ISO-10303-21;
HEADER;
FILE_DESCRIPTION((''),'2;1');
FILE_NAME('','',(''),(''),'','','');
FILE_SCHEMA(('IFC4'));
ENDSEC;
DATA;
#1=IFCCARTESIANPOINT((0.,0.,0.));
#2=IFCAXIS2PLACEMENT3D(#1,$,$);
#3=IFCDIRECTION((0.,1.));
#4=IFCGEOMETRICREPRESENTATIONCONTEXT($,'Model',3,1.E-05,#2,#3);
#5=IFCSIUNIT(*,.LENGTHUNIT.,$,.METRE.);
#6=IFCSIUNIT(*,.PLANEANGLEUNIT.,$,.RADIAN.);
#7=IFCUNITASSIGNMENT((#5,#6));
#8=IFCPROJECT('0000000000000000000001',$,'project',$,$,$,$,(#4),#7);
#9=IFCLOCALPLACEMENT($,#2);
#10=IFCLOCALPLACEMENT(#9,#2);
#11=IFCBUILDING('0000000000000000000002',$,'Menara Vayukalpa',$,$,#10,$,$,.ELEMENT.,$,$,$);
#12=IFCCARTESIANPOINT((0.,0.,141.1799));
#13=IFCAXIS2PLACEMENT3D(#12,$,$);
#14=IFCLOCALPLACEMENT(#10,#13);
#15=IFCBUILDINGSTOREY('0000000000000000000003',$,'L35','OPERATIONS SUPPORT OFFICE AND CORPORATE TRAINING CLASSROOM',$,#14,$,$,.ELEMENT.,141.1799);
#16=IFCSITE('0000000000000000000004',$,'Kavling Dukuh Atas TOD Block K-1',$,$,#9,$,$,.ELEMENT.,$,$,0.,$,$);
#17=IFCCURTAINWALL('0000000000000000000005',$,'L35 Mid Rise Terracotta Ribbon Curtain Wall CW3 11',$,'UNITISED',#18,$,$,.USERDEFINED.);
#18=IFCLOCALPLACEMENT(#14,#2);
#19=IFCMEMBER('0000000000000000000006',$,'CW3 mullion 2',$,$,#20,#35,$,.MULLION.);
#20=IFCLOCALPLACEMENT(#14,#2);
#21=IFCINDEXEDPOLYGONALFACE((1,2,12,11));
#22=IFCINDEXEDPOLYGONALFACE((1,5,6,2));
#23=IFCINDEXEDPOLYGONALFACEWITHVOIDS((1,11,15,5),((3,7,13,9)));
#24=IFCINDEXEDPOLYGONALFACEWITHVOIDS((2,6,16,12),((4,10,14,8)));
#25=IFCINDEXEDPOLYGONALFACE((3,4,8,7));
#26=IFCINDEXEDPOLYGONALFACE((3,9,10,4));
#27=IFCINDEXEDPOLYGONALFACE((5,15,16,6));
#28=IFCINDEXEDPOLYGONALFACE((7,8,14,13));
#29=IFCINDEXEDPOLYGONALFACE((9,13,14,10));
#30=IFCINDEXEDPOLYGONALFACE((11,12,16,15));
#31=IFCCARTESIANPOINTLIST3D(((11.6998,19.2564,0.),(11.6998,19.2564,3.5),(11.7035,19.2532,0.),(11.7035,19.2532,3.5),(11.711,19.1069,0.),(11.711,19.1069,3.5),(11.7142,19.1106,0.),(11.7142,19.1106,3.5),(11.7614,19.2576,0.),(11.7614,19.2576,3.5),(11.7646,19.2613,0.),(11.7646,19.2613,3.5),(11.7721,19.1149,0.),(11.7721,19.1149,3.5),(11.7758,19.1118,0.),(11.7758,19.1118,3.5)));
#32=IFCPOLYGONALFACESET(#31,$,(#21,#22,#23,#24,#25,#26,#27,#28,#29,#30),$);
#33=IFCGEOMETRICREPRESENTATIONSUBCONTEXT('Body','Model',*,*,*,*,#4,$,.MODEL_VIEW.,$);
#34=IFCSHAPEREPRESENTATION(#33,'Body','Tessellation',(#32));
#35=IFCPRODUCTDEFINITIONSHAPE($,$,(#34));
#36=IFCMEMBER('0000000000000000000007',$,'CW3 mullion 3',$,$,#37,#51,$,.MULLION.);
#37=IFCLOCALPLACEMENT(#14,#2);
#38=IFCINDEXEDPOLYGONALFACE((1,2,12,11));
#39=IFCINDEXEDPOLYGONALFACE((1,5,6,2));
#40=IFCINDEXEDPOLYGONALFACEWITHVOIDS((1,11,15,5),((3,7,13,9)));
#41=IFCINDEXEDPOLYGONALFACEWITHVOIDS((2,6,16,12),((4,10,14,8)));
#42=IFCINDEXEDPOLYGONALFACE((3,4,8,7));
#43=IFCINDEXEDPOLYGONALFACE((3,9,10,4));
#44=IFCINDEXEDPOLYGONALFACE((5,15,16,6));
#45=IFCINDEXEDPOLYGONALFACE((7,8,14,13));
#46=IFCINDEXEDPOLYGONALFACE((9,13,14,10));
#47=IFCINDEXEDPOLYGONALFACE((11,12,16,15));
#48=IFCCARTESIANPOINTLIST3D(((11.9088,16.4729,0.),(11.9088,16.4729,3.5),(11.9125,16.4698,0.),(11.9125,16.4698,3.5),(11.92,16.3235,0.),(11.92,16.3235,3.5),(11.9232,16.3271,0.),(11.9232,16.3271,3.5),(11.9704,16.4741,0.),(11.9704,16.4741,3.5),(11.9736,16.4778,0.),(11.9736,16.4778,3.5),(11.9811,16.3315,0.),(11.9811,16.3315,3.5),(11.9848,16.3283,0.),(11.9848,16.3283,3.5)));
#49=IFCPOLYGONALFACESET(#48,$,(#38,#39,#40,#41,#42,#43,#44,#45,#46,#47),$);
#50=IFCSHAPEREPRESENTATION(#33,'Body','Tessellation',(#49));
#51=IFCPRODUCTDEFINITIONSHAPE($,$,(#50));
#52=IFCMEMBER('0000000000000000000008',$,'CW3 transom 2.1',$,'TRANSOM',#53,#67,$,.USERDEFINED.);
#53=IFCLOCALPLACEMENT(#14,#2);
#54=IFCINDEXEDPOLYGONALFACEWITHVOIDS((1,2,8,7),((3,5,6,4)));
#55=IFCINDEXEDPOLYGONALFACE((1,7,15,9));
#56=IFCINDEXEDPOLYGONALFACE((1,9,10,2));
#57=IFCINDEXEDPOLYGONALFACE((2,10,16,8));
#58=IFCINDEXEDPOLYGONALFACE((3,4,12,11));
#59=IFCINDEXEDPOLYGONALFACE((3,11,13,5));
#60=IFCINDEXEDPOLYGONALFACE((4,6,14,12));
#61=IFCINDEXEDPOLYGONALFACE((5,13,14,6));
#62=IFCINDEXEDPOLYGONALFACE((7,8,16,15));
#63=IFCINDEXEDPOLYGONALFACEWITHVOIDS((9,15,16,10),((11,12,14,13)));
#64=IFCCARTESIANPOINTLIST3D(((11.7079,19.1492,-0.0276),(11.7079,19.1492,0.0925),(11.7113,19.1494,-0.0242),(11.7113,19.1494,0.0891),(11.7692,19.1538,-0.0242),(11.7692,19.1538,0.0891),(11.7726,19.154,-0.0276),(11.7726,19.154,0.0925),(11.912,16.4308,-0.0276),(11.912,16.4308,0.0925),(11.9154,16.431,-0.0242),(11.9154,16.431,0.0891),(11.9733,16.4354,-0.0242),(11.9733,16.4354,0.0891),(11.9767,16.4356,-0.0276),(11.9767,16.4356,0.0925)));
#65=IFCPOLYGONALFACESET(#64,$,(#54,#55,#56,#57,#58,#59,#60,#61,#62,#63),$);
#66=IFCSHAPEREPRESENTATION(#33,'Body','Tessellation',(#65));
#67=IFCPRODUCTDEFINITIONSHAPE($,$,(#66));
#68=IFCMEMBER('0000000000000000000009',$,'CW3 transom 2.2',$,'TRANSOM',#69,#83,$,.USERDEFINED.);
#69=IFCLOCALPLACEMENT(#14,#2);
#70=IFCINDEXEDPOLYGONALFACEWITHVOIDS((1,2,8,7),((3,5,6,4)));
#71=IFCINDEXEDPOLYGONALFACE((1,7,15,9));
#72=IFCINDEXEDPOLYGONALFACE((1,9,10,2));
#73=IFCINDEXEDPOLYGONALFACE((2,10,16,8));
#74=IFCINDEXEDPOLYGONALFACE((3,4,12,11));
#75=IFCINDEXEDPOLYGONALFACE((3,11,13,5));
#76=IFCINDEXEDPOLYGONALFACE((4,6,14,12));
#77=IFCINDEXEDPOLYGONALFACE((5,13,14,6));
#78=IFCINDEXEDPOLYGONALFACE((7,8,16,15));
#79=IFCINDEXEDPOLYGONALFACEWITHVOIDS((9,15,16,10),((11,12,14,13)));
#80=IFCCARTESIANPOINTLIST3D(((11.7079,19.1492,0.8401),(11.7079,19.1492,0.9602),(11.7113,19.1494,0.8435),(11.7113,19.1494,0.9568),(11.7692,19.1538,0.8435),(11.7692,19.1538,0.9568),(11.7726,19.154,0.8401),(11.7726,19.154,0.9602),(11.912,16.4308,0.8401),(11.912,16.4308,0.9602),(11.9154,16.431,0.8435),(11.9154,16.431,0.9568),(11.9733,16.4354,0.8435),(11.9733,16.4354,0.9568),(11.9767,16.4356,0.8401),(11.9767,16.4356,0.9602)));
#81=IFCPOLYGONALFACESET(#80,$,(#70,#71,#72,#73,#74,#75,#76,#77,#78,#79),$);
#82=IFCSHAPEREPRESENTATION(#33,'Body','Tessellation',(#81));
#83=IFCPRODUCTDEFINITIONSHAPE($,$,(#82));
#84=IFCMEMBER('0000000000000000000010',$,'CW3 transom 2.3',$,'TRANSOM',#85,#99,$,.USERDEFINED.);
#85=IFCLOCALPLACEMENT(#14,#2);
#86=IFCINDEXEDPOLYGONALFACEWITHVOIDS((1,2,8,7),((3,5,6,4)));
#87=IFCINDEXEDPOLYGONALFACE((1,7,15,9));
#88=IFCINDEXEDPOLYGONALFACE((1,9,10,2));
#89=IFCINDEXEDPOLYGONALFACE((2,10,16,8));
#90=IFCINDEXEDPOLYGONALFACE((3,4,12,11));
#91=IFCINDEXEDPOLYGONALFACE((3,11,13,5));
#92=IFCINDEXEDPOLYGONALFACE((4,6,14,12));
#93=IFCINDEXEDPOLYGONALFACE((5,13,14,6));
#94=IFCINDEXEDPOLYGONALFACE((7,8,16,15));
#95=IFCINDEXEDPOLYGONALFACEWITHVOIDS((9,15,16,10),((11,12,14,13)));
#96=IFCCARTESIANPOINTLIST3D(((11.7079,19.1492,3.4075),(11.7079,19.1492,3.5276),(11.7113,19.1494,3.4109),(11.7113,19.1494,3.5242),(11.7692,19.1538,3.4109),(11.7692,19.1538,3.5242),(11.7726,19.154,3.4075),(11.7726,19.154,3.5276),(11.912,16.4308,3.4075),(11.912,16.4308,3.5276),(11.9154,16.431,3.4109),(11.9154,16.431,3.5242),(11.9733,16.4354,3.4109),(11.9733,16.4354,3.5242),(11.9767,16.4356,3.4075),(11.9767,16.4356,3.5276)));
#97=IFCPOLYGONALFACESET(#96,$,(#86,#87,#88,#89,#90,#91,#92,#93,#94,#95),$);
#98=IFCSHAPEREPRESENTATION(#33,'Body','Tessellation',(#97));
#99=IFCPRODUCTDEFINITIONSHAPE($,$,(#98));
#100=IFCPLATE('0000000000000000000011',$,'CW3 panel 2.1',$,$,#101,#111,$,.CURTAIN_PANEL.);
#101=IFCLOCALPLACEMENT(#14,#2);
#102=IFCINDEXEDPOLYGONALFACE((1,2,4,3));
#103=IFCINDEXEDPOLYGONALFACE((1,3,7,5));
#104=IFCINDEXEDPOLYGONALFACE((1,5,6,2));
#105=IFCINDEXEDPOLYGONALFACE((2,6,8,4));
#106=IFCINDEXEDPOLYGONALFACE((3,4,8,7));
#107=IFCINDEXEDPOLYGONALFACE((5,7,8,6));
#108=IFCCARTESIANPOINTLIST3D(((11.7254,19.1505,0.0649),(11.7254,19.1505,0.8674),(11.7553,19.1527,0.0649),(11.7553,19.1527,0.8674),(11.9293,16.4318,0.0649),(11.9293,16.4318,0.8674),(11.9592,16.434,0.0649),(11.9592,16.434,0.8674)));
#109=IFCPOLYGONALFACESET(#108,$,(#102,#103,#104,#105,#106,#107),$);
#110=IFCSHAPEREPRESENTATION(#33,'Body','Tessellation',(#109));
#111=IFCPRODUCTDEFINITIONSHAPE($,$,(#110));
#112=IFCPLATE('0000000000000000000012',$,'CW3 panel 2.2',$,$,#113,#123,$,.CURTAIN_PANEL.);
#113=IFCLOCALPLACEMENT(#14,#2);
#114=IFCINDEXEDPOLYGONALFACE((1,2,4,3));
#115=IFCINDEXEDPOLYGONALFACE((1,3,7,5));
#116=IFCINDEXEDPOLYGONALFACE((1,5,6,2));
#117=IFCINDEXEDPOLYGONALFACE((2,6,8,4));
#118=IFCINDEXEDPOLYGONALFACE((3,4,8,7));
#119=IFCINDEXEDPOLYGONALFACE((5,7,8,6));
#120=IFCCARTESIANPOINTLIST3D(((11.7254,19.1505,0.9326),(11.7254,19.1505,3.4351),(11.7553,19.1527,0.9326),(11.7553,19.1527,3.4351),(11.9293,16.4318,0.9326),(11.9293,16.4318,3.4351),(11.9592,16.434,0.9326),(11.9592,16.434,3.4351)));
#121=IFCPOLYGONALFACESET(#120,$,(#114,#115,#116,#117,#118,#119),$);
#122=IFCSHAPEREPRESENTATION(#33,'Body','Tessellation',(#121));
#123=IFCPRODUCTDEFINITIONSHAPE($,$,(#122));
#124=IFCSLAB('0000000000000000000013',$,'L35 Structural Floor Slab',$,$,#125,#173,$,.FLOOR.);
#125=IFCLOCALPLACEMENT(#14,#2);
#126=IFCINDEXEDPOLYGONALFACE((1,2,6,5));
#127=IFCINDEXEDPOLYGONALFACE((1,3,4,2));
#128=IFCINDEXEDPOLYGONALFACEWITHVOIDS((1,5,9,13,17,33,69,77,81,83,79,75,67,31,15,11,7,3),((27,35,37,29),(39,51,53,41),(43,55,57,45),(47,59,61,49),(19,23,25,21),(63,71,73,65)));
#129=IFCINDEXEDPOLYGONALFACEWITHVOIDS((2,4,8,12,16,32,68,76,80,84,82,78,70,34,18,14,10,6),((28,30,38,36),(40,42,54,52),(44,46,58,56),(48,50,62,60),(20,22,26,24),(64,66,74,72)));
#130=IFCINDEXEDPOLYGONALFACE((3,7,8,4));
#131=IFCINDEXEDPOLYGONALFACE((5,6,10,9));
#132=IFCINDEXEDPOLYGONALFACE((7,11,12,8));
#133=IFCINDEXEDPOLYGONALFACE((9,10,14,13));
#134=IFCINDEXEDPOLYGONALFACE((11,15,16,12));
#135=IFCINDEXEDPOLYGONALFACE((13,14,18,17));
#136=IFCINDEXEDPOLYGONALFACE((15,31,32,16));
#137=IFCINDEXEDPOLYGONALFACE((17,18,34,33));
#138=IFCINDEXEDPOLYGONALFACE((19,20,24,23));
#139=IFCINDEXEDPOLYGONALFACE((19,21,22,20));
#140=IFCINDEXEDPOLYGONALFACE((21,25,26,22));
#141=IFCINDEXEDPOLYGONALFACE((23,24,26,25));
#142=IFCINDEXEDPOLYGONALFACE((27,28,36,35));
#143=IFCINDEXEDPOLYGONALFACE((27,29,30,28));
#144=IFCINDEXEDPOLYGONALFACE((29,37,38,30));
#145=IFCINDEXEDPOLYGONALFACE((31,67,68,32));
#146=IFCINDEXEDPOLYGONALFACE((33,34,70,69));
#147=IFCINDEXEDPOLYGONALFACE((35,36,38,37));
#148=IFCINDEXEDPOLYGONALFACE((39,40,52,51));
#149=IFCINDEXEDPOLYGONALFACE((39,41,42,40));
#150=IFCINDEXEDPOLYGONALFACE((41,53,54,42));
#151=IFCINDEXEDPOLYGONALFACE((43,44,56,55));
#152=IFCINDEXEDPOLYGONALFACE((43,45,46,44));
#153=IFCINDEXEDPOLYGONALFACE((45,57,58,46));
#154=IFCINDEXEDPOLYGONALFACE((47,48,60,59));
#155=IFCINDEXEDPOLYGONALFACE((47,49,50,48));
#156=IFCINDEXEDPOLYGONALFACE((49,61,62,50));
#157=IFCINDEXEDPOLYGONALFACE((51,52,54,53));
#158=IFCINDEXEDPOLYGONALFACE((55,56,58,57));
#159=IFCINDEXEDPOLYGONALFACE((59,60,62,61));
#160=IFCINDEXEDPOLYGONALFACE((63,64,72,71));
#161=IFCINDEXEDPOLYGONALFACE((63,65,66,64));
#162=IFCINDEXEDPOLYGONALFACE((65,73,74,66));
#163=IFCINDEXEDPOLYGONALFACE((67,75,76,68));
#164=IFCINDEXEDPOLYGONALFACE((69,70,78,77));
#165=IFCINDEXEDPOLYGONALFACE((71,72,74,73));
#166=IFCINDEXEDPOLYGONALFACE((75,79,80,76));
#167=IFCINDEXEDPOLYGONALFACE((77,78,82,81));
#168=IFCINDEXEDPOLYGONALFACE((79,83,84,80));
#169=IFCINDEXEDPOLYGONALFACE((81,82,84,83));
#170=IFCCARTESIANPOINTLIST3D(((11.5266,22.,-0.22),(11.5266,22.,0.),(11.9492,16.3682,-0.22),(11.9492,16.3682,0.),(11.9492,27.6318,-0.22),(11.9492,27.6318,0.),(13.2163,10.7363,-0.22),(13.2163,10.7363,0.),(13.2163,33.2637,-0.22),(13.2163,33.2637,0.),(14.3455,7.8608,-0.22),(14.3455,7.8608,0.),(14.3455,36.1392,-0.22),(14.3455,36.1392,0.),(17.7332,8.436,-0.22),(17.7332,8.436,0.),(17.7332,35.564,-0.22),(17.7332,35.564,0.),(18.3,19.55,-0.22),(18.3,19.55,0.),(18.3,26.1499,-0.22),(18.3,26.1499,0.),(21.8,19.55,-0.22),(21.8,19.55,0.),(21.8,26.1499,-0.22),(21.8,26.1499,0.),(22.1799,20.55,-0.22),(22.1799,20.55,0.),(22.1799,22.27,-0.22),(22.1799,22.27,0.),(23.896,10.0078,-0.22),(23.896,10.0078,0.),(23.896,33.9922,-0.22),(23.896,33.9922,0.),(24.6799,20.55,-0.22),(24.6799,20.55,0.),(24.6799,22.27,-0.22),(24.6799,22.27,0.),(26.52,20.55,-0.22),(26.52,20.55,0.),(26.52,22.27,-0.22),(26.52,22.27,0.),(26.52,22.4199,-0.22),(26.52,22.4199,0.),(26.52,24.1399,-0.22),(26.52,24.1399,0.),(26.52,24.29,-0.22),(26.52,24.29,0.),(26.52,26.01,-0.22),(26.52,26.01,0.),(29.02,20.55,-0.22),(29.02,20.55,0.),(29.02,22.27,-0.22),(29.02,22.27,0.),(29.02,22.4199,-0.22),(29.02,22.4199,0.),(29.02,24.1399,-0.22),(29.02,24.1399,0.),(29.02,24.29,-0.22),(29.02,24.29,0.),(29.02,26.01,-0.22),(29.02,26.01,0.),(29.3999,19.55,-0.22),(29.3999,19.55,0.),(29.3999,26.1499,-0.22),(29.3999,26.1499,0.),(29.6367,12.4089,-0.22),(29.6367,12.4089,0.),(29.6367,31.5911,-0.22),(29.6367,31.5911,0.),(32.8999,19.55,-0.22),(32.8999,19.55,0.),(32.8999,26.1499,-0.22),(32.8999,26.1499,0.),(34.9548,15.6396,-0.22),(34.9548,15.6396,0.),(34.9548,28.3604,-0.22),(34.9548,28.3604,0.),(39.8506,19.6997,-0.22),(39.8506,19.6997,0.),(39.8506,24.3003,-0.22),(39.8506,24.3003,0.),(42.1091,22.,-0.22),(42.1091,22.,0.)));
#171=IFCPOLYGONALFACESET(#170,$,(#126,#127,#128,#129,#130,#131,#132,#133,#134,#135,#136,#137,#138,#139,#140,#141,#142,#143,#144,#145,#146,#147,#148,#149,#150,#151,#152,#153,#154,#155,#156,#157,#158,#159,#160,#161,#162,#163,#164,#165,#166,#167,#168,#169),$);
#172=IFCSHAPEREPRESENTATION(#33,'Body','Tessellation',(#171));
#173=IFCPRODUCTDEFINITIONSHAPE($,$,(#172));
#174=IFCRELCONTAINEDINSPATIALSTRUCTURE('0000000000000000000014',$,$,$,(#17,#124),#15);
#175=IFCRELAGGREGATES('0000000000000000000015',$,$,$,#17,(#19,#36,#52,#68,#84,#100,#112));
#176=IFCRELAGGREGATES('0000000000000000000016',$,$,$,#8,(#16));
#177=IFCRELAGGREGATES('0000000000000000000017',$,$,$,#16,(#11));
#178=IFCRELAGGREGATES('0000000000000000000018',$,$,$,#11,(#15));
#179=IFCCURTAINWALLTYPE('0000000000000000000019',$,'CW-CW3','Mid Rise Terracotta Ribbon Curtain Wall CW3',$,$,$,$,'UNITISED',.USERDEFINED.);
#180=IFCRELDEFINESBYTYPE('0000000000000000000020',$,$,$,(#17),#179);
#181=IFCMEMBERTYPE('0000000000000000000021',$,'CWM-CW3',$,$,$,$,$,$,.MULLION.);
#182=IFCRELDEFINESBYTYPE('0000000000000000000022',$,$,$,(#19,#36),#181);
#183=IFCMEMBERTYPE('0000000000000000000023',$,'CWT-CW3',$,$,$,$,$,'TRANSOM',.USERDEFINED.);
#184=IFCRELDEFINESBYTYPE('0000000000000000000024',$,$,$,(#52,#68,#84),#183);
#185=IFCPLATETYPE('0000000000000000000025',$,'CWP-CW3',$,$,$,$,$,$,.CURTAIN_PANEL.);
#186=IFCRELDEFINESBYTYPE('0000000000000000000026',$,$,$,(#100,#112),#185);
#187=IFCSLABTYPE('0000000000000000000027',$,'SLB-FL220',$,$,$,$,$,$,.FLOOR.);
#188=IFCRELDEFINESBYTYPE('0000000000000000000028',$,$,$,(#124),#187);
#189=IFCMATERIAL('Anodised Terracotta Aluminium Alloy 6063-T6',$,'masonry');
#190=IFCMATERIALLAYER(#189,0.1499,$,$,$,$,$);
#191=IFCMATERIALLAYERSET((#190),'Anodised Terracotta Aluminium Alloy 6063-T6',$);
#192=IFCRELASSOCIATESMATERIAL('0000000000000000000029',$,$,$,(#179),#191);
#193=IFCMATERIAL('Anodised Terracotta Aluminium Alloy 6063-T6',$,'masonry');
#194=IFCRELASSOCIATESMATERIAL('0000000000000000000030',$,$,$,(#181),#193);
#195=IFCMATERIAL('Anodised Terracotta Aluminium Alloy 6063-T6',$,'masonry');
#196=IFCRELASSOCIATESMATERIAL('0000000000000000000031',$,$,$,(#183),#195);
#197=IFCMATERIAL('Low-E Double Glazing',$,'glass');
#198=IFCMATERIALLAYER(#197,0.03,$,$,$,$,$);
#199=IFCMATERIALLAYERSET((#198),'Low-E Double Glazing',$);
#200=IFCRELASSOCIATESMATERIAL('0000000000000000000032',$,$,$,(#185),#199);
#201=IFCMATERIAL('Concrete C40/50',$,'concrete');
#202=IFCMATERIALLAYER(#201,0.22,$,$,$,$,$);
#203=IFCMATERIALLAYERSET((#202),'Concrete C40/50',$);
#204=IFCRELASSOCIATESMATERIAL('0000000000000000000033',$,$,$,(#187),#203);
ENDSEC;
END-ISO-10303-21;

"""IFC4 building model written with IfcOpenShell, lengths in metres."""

from ifc_helpers import new_model, si_unit, direction, frame, origin, origin_2d, place, context, subcontext, project, spatial, polyline, rectangle, hollow_rectangle, outline, extrude, material, layer, layer_set, material_profile, profile_set, type_object, element, aggregate, save


model = new_model("IFC4")

# Units and contexts
model_context = context("Model", 3, precision=1e-05, world=origin(), true_north=direction((0.0, 1.0)))
body_context = subcontext(model_context, "Body", "Model", "MODEL_VIEW")
ifc_project = project(units=[si_unit("LENGTHUNIT", "METRE"), si_unit("PLANEANGLEUNIT", "RADIAN")], contexts=[model_context])

# Site, building, storey
site_placement = place(None, origin())
site = spatial("IfcSite", under=ifc_project, at=site_placement, Name="Kavling Dukuh Atas TOD Block K-1", CompositionType="ELEMENT", RefElevation=0.0)
building_placement = place(site_placement, origin())
building = spatial("IfcBuilding", under=site, at=building_placement, Name="Menara Vayukalpa", CompositionType="ELEMENT")
storey_placement = place(building_placement, frame((0.0, 0.0, 141.1799)))
storey = spatial("IfcBuildingStorey", under=building, at=storey_placement, Name="L35", Description="OPERATIONS SUPPORT OFFICE AND CORPORATE TRAINING CLASSROOM", CompositionType="ELEMENT", Elevation=141.1799)

# Curtain wall, members, plates
ifc_material_1 = material(Name="Anodised Terracotta Aluminium Alloy 6063-T6", Category="masonry")
ifc_layer_1 = layer(ifc_material_1, 0.1499)
ifc_layer_set_1 = layer_set([ifc_layer_1], Name="Anodised Terracotta Aluminium Alloy 6063-T6")
curtain_wall_type = type_object("IfcCurtainWallType", Name="CW-CW3", Description="Mid Rise Terracotta Ribbon Curtain Wall CW3", ElementType="UNITISED", PredefinedType="USERDEFINED", material=ifc_layer_set_1)
curtain_wall_placement = place(storey_placement, origin())
curtain_wall = element("IfcCurtainWall", 1, at=curtain_wall_placement, inside=storey, type_object=curtain_wall_type, Name="L35 Mid Rise Terracotta Ribbon Curtain Wall CW3 11", ObjectType="UNITISED", PredefinedType="USERDEFINED")
ifc_material_2 = material(Name="Anodised Terracotta Aluminium Alloy 6063-T6", Category="masonry")
ifc_material_profile_1 = material_profile(ifc_material_2, hollow_rectangle(XDim=0.0649, YDim=0.1499, WallThickness=0.0034, at=origin_2d()), Name="ALU 65x150x3.5")
ifc_profile_set_1 = profile_set([ifc_material_profile_1], Name="Anodised Terracotta Aluminium Alloy 6063-T6")
member_type_1 = type_object("IfcMemberType", Name="CWM-CW3", PredefinedType="MULLION", material=ifc_profile_set_1)
member_1_placement = place(storey_placement, frame((11.7378, 19.1841, 0.0), z_axis=(0.0, 0.0, 1.0), x_axis=(0.997199, 0.074793, 0.0)))
member_1 = element("IfcMember", 2, at=member_1_placement, type_object=member_type_1, Name="CW3 mullion 2", PredefinedType="MULLION", context=body_context, shape_type="SweptSolid", body=[
    extrude(hollow_rectangle(XDim=0.0649, YDim=0.1499, WallThickness=0.0034, at=origin_2d()), origin(), (0.0, 0.0, 1.0), 3.5),
])
member_2_placement = place(storey_placement, frame((11.9468, 16.4006, 0.0), z_axis=(0.0, 0.0, 1.0), x_axis=(0.997199, 0.074793, 0.0)))
member_2 = element("IfcMember", 3, at=member_2_placement, type_object=member_type_1, Name="CW3 mullion 3", PredefinedType="MULLION", context=body_context, shape_type="SweptSolid", body=[
    extrude(hollow_rectangle(XDim=0.0649, YDim=0.1499, WallThickness=0.0034, at=origin_2d()), origin(), (0.0, 0.0, 1.0), 3.5),
])
ifc_material_3 = material(Name="Anodised Terracotta Aluminium Alloy 6063-T6", Category="masonry")
ifc_material_profile_2 = material_profile(ifc_material_3, hollow_rectangle(XDim=0.0649, YDim=0.1201, WallThickness=0.0034, at=origin_2d()), Name="ALU 65x120x3.5")
ifc_profile_set_2 = profile_set([ifc_material_profile_2], Name="Anodised Terracotta Aluminium Alloy 6063-T6")
member_type_2 = type_object("IfcMemberType", Name="CWT-CW3", ElementType="TRANSOM", PredefinedType="USERDEFINED", material=ifc_profile_set_2)
member_3_placement = place(storey_placement, frame((11.7402, 19.1516, 0.0325), z_axis=(0.074868, -0.997193, 0.0), x_axis=(0.997193, 0.074868, 0.0)))
member_3 = element("IfcMember", 4, at=member_3_placement, type_object=member_type_2, Name="CW3 transom 2.1", ObjectType="TRANSOM", PredefinedType="USERDEFINED", context=body_context, shape_type="SweptSolid", body=[
    extrude(hollow_rectangle(XDim=0.0649, YDim=0.1201, WallThickness=0.0034, at=origin_2d()), origin(), (0.0, 0.0, 1.0), 2.7261),
])
member_4_placement = place(storey_placement, frame((11.7402, 19.1516, 0.9001), z_axis=(0.074868, -0.997193, 0.0), x_axis=(0.997193, 0.074868, 0.0)))
member_4 = element("IfcMember", 5, at=member_4_placement, type_object=member_type_2, Name="CW3 transom 2.2", ObjectType="TRANSOM", PredefinedType="USERDEFINED", context=body_context, shape_type="SweptSolid", body=[
    extrude(hollow_rectangle(XDim=0.0649, YDim=0.1201, WallThickness=0.0034, at=origin_2d()), origin(), (0.0, 0.0, 1.0), 2.7261),
])
member_5_placement = place(storey_placement, frame((11.7402, 19.1516, 3.4675), z_axis=(0.074868, -0.997193, 0.0), x_axis=(0.997193, 0.074868, 0.0)))
member_5 = element("IfcMember", 6, at=member_5_placement, type_object=member_type_2, Name="CW3 transom 2.3", ObjectType="TRANSOM", PredefinedType="USERDEFINED", context=body_context, shape_type="SweptSolid", body=[
    extrude(hollow_rectangle(XDim=0.0649, YDim=0.1201, WallThickness=0.0034, at=origin_2d()), origin(), (0.0, 0.0, 1.0), 2.7261),
])
ifc_material_4 = material(Name="Low-E Double Glazing", Category="glass")
ifc_layer_2 = layer(ifc_material_4, 0.03)
ifc_layer_set_2 = layer_set([ifc_layer_2], Name="Low-E Double Glazing")
plate_type = type_object("IfcPlateType", Name="CWP-CW3", PredefinedType="CURTAIN_PANEL", material=ifc_layer_set_2)
plate_1_placement = place(storey_placement, frame((11.8423, 17.7922, 0.0649), z_axis=(0.0, 0.0, 1.0), x_axis=(0.074793, -0.997199, 0.0)))
plate_1 = element("IfcPlate", 7, at=plate_1_placement, type_object=plate_type, Name="CW3 panel 2.1", PredefinedType="CURTAIN_PANEL", context=body_context, shape_type="SweptSolid", body=[
    extrude(rectangle(XDim=2.7263, YDim=0.03, at=origin_2d()), origin(), (0.0, 0.0, 1.0), 0.8025),
])
plate_2_placement = place(storey_placement, frame((11.8423, 17.7922, 0.9326), z_axis=(0.0, 0.0, 1.0), x_axis=(0.074793, -0.997199, 0.0)))
plate_2 = element("IfcPlate", 8, at=plate_2_placement, type_object=plate_type, Name="CW3 panel 2.2", PredefinedType="CURTAIN_PANEL", context=body_context, shape_type="SweptSolid", body=[
    extrude(rectangle(XDim=2.7263, YDim=0.03, at=origin_2d()), origin(), (0.0, 0.0, 1.0), 2.5024),
])
aggregate(curtain_wall, [member_1, member_2, member_3, member_4, member_5, plate_1, plate_2])

# Slab
ifc_material_5 = material(Name="Concrete C40/50", Category="concrete")
ifc_layer_3 = layer(ifc_material_5, 0.22)
ifc_layer_set_3 = layer_set([ifc_layer_3], Name="Concrete C40/50")
slab_type_1 = type_object("IfcSlabType", Name="SLB-FL220", PredefinedType="FLOOR", material=ifc_layer_set_3)
slab_1_placement = place(storey_placement, frame((0.0, 0.0, -0.22)))
element("IfcSlab", 9, at=slab_1_placement, inside=storey, type_object=slab_type_1, Name="L35 Structural Floor Slab", PredefinedType="FLOOR", context=body_context, shape_type="SweptSolid", body=[
    extrude(outline(polyline([(39.8506, 19.6997), (42.1091, 22.0), (39.8506, 24.3003), (34.9548, 28.3604), (29.6367, 31.5911), (23.896, 33.9922), (17.7332, 35.564), (14.3455, 36.1392), (13.2163, 33.2637), (11.9492, 27.6318), (11.5266, 22.0), (11.9492, 16.3682), (13.2163, 10.7363), (14.3455, 7.8608), (17.7332, 8.436), (23.896, 10.0078), (29.6367, 12.4089), (34.9548, 15.6396), (39.8506, 19.6997)]), holes=[polyline([(21.8, 19.55), (21.8, 26.1499), (18.3, 26.1499), (18.3, 19.55), (21.8, 19.55)]), polyline([(32.8999, 19.55), (32.8999, 26.1499), (29.3999, 26.1499), (29.3999, 19.55), (32.8999, 19.55)]), polyline([(22.1799, 20.55), (24.6799, 20.55), (24.6799, 22.27), (22.1799, 22.27), (22.1799, 20.55)]), polyline([(26.52, 20.55), (29.02, 20.55), (29.02, 22.27), (26.52, 22.27), (26.52, 20.55)]), polyline([(26.52, 24.29), (29.02, 24.29), (29.02, 26.01), (26.52, 26.01), (26.52, 24.29)]), polyline([(26.52, 22.4199), (29.02, 22.4199), (29.02, 24.1399), (26.52, 24.1399), (26.52, 22.4199)])]), origin(), (0.0, 0.0, 1.0), 0.22),
])

save(model, "model.ifc")
